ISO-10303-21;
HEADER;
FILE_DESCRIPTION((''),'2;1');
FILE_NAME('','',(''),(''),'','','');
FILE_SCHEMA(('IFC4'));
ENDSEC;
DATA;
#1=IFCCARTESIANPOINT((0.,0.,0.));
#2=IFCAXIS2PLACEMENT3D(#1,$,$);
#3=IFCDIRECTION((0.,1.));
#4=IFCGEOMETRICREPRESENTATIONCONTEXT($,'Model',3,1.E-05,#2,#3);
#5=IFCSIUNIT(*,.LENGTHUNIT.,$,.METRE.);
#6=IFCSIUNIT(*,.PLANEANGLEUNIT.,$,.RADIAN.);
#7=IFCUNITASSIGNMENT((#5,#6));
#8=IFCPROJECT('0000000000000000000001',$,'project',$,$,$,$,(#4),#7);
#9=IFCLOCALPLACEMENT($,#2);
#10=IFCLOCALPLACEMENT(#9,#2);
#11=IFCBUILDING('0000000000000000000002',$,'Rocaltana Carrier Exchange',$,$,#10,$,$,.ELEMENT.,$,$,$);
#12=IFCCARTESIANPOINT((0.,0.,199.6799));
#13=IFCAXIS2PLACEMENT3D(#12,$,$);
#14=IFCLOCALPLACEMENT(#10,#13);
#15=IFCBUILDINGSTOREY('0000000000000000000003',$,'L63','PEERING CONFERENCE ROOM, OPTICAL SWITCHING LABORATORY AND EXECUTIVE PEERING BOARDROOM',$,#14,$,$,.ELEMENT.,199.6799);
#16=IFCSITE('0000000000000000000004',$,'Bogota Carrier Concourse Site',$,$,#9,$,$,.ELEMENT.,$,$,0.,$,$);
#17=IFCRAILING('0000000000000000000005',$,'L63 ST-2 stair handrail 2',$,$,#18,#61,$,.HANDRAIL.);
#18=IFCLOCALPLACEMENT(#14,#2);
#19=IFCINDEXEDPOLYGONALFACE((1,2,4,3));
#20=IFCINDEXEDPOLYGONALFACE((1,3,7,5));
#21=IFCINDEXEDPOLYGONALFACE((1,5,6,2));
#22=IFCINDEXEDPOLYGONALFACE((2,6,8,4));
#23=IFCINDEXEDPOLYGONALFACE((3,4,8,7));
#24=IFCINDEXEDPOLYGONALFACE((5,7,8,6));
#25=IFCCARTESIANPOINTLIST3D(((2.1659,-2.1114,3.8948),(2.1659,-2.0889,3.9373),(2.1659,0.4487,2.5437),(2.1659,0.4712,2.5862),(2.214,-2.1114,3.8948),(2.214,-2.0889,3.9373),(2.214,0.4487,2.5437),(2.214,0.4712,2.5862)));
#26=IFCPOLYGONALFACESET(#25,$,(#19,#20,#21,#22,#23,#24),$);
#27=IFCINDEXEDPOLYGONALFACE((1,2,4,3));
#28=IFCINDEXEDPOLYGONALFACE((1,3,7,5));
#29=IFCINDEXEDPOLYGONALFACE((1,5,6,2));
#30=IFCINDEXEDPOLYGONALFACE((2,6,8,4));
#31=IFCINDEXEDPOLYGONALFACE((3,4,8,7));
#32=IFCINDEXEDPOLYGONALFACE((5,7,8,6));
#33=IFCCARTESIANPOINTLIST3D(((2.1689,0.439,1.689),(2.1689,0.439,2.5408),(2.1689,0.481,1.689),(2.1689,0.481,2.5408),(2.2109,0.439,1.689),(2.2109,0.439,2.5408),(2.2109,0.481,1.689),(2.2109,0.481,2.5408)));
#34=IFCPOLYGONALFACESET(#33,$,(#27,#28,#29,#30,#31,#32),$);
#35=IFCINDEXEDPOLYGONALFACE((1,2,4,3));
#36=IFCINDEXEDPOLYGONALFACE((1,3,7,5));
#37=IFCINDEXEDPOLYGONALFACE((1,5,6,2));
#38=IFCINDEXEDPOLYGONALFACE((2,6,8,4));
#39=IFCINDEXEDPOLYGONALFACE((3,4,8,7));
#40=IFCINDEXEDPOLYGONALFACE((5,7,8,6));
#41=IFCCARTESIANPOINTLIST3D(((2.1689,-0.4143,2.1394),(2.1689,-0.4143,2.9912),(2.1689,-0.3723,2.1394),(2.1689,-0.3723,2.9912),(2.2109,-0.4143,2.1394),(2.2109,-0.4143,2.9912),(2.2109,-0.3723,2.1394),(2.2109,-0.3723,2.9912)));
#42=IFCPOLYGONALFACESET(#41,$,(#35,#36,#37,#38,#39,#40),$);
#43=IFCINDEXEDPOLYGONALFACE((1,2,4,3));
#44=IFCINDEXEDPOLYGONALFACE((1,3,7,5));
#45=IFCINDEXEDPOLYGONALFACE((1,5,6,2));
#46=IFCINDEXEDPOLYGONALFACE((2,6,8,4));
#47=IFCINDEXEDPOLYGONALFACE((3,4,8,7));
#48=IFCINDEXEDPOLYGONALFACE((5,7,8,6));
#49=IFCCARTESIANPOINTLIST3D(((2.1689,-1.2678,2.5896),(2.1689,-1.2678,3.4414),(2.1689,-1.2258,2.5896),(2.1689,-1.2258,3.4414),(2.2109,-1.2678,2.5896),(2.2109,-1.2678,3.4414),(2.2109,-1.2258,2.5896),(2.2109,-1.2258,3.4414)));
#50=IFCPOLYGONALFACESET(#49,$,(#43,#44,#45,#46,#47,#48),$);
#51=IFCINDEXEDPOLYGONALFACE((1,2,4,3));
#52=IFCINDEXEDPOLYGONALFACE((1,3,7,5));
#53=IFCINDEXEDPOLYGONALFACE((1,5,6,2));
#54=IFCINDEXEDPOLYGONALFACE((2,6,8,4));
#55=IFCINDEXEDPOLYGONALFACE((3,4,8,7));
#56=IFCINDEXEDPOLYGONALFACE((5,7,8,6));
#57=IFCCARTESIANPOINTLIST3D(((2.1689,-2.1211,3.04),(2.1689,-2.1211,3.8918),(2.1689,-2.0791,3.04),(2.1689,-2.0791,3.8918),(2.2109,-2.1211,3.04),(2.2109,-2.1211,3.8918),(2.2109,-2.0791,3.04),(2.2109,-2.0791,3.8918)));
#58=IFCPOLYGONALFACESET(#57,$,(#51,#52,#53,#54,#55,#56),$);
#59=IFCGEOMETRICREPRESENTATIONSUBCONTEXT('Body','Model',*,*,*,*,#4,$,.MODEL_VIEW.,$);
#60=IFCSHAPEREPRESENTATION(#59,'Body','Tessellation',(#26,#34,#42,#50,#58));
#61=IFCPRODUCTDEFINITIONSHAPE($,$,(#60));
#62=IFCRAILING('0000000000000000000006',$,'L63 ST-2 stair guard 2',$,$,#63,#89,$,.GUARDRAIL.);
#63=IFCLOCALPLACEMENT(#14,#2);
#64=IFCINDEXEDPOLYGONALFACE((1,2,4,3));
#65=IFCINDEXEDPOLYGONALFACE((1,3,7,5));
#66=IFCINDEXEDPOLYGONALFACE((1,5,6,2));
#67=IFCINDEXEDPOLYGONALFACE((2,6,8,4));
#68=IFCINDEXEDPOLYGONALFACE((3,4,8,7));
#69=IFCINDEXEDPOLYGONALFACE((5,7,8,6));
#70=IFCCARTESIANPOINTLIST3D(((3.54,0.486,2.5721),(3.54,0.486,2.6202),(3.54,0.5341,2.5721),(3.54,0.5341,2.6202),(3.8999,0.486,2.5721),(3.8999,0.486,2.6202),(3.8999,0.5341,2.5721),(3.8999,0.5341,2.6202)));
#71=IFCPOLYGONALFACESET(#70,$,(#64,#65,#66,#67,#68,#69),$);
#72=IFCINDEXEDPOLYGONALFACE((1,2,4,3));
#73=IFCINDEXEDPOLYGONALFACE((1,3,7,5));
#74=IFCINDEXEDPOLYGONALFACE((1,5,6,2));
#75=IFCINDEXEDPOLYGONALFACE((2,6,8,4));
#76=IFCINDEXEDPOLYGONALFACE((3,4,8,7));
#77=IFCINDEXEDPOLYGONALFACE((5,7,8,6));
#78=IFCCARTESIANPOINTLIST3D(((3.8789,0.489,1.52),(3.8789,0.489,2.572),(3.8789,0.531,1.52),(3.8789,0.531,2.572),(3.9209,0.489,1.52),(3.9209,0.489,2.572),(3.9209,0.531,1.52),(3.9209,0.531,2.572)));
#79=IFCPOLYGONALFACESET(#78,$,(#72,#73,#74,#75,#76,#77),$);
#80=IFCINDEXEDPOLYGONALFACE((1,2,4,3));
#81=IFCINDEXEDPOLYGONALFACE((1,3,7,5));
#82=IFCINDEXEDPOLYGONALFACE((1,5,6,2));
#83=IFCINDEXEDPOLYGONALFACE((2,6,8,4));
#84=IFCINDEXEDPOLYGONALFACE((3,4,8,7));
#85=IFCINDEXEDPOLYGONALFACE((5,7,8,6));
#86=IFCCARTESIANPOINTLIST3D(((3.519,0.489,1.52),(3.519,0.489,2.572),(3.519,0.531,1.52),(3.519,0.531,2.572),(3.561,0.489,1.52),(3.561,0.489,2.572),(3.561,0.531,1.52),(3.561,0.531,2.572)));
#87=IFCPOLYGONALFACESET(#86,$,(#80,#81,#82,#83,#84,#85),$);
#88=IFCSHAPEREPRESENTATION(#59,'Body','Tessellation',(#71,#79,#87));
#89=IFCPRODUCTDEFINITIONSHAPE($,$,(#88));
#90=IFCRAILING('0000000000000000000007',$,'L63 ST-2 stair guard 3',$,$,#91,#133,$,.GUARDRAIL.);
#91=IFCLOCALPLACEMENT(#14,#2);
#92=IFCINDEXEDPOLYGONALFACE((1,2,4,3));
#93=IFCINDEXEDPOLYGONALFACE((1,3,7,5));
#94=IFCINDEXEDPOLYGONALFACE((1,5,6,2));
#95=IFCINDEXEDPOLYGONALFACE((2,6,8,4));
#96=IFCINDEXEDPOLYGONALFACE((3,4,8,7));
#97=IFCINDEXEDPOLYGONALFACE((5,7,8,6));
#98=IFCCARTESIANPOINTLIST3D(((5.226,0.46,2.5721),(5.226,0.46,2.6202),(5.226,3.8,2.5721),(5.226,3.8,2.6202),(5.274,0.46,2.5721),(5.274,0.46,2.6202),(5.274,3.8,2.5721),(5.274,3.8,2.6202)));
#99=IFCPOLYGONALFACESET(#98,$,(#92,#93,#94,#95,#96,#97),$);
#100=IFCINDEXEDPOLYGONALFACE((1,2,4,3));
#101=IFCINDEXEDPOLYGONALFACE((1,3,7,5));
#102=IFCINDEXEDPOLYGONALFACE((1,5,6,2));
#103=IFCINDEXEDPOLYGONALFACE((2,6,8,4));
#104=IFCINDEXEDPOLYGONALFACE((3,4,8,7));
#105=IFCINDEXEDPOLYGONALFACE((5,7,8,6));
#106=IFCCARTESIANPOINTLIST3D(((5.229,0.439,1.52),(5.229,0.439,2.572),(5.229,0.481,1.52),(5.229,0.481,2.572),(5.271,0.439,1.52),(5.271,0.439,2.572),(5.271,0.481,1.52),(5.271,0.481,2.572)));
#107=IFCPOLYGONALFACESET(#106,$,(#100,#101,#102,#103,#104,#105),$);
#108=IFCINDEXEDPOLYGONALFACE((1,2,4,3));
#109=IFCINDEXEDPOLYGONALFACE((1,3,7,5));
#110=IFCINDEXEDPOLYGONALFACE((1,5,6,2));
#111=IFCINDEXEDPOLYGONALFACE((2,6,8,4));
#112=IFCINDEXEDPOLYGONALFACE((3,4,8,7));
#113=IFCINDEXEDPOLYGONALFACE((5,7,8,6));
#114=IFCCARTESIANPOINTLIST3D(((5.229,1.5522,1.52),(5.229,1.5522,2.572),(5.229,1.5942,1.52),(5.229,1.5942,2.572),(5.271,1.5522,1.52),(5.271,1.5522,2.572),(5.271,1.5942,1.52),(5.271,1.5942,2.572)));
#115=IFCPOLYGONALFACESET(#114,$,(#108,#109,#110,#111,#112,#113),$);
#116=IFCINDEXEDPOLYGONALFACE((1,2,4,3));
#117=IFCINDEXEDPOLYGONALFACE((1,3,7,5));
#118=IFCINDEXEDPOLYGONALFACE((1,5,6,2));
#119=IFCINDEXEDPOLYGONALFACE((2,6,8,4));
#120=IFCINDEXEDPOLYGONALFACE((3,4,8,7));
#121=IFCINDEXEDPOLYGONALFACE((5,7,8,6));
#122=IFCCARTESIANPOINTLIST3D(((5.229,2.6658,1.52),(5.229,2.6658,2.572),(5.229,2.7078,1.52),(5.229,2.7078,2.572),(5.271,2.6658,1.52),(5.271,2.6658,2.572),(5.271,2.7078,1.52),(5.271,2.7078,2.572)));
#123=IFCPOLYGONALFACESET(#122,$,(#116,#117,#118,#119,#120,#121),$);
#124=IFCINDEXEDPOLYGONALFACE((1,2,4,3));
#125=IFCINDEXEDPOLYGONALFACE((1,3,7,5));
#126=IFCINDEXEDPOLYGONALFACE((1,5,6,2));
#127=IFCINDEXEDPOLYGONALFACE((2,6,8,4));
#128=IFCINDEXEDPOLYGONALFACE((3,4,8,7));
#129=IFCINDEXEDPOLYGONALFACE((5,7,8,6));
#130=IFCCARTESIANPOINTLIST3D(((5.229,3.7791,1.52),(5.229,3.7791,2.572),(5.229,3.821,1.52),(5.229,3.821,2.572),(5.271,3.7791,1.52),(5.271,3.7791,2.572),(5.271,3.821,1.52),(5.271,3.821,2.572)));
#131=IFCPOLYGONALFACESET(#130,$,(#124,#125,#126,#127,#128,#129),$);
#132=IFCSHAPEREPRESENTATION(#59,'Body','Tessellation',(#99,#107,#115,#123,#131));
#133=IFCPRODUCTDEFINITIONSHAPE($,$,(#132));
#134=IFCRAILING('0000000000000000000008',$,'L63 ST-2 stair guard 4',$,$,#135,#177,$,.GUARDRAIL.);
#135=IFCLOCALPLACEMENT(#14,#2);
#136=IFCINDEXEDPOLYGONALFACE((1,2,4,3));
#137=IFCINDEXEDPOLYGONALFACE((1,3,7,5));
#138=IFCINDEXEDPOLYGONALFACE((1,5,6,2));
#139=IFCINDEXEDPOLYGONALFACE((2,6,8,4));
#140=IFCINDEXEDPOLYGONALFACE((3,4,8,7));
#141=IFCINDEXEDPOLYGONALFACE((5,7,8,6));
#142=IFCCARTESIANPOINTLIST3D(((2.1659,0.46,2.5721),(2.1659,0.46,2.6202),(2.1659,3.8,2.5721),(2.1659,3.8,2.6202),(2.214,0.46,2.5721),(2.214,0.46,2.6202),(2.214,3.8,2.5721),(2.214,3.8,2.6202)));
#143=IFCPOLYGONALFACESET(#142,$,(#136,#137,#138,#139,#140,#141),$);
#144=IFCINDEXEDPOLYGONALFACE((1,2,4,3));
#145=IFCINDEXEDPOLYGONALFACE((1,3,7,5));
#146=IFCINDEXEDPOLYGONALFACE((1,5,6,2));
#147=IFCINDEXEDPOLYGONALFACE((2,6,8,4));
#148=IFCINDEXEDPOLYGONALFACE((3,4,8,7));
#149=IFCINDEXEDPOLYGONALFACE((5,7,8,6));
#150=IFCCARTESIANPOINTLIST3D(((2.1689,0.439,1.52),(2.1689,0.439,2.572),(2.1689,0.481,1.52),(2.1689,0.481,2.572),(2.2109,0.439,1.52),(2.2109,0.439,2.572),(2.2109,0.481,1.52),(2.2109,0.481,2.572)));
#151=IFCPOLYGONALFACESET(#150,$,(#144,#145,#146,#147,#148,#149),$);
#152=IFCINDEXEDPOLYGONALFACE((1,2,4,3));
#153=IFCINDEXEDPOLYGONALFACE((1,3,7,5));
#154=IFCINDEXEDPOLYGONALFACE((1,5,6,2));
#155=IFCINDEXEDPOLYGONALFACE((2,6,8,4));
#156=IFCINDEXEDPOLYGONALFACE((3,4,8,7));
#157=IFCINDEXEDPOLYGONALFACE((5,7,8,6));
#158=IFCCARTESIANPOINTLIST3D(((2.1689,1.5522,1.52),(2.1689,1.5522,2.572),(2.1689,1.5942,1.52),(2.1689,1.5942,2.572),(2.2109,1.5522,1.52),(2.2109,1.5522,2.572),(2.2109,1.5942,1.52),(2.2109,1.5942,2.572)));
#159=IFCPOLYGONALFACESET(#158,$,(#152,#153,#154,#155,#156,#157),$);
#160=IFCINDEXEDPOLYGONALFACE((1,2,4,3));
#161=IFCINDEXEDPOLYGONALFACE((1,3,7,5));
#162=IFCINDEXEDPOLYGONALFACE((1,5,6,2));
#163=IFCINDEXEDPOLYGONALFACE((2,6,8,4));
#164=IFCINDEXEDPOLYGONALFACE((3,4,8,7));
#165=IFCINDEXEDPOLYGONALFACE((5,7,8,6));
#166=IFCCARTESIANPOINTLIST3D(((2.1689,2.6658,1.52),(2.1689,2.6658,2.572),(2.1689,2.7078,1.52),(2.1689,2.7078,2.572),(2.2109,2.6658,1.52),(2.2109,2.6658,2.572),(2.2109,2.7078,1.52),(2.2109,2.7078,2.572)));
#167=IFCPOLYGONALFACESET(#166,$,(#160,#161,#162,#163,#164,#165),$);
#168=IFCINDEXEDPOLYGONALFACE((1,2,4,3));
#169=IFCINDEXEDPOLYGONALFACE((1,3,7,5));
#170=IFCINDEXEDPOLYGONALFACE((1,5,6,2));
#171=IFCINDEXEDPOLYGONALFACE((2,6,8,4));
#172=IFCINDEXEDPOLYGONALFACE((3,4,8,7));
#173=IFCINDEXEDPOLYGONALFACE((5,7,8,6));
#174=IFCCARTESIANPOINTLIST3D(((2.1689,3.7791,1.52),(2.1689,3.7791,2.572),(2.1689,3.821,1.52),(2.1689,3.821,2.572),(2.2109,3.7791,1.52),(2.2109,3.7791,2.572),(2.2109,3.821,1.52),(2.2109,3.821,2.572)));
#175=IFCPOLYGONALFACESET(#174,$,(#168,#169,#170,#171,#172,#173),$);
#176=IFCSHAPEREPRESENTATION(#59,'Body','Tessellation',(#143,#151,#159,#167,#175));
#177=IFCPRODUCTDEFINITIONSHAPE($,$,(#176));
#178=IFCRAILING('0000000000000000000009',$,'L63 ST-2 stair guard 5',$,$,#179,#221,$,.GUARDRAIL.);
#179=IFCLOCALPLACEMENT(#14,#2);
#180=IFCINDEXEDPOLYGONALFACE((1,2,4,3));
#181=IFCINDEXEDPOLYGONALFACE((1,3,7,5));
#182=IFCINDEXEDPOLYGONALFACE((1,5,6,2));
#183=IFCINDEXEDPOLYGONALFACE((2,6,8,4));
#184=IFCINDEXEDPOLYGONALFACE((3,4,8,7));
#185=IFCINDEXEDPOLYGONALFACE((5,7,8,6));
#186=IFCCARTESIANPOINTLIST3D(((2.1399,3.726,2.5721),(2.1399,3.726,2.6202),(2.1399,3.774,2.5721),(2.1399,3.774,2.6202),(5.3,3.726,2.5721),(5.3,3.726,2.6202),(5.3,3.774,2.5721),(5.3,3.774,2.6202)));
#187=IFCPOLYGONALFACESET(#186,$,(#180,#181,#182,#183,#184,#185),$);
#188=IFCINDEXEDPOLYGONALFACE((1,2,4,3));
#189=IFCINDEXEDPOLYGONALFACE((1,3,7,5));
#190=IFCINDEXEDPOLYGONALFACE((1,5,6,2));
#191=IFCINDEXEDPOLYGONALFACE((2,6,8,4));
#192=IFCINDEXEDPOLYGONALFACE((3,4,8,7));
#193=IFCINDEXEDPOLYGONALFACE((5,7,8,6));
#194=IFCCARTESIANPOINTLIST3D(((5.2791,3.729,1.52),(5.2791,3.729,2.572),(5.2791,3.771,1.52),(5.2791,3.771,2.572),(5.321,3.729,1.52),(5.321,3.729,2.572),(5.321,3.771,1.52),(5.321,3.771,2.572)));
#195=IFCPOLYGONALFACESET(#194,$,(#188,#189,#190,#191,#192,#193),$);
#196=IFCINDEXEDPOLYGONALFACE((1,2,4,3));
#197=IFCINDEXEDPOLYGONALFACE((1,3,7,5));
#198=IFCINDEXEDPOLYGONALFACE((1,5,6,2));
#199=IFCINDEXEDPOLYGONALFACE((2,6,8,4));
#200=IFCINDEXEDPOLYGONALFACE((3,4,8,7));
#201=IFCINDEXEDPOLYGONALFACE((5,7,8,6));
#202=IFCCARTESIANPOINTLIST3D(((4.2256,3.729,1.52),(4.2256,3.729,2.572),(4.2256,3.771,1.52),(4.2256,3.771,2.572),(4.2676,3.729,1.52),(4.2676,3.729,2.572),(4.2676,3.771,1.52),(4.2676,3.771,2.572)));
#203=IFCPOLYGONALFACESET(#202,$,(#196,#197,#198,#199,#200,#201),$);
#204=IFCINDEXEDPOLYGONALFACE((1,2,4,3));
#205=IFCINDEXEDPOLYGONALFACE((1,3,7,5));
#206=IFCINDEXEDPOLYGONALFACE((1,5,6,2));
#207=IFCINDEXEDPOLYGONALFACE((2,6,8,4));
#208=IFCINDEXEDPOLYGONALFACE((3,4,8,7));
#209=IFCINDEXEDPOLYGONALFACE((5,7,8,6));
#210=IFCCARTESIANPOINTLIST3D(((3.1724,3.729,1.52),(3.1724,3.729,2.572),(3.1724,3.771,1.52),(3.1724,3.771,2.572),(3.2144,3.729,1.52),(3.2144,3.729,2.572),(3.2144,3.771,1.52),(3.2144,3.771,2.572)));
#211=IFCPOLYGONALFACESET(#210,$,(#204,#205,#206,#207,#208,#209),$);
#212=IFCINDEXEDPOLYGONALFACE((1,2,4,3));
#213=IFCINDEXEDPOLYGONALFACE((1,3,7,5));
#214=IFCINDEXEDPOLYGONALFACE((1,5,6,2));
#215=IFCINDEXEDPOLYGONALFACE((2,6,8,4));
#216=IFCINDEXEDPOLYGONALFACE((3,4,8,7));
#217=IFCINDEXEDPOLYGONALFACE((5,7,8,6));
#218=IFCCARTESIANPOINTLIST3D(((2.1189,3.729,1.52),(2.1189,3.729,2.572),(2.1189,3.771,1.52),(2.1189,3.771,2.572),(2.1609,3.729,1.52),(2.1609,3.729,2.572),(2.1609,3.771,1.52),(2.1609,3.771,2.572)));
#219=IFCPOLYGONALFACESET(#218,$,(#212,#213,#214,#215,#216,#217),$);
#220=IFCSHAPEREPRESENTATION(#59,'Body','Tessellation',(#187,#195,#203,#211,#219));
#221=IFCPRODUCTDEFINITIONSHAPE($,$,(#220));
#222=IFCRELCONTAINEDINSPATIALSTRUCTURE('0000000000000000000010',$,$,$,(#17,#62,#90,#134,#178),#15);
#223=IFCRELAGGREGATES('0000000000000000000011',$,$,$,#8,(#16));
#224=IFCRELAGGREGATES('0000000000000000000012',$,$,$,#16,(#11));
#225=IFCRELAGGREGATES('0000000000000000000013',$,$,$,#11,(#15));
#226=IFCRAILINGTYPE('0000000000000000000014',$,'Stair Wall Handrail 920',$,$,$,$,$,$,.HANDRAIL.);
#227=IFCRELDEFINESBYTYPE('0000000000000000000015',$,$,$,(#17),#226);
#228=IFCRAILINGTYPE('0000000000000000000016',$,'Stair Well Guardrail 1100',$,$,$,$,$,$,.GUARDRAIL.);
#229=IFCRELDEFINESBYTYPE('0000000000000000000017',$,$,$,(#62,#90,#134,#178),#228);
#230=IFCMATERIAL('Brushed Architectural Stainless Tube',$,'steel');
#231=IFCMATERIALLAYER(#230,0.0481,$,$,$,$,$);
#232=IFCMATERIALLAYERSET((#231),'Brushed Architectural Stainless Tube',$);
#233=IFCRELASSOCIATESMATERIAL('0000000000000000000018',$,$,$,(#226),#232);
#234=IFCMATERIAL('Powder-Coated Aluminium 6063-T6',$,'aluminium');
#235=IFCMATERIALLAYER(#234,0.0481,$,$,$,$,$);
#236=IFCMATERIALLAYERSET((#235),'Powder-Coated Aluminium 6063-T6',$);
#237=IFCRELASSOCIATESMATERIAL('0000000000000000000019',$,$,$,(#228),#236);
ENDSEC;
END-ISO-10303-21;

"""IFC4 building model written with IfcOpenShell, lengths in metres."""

from ifc_helpers import new_model, si_unit, direction, frame, origin, origin_2d, place, context, subcontext, project, spatial, rectangle, extrude, material, layer, layer_set, type_object, element, save


model = new_model("IFC4")

# Units and contexts
model_context = context("Model", 3, precision=1e-05, world=origin(), true_north=direction((0.0, 1.0)))
body_context = subcontext(model_context, "Body", "Model", "MODEL_VIEW")
ifc_project = project(units=[si_unit("LENGTHUNIT", "METRE"), si_unit("PLANEANGLEUNIT", "RADIAN")], contexts=[model_context])

# Site, building, storey
site_placement = place(None, origin())
site = spatial("IfcSite", under=ifc_project, at=site_placement, Name="Bogota Carrier Concourse Site", CompositionType="ELEMENT", RefElevation=0.0)
building_placement = place(site_placement, origin())
building = spatial("IfcBuilding", under=site, at=building_placement, Name="Rocaltana Carrier Exchange", CompositionType="ELEMENT")
storey_placement = place(building_placement, frame((0.0, 0.0, 199.6799)))
storey = spatial("IfcBuildingStorey", under=building, at=storey_placement, Name="L63", Description="PEERING CONFERENCE ROOM, OPTICAL SWITCHING LABORATORY AND EXECUTIVE PEERING BOARDROOM", CompositionType="ELEMENT", Elevation=199.6799)

# Railings
ifc_material_1 = material(Name="Brushed Architectural Stainless Tube", Category="steel")
ifc_layer_1 = layer(ifc_material_1, 0.0481)
ifc_layer_set_1 = layer_set([ifc_layer_1], Name="Brushed Architectural Stainless Tube")
railing_type_1 = type_object("IfcRailingType", Name="Stair Wall Handrail 920", PredefinedType="HANDRAIL", material=ifc_layer_set_1)
railing_1_placement = place(storey_placement, frame((2.1899, 0.46, 1.689)))
element("IfcRailing", 1, at=railing_1_placement, inside=storey, type_object=railing_type_1, Name="L63 ST-2 stair handrail 2", PredefinedType="HANDRAIL", context=body_context, shape_type="SweptSolid", body=[
    extrude(rectangle(XDim=0.0481, YDim=0.0481, at=origin_2d()), frame((0.0, 0.0, 0.876), z_axis=(0.0, -0.884394, 0.46674), x_axis=(1.0, 0.0, 0.0)), (0.0, 0.0, 1.0), 2.8948),
    extrude(rectangle(XDim=0.042, YDim=0.042, at=origin_2d()), origin(), (0.0, 0.0, 1.0), 0.8518),
    extrude(rectangle(XDim=0.042, YDim=0.042, at=origin_2d()), frame((0.0, -0.8533, 0.4504)), (0.0, 0.0, 1.0), 0.8518),
    extrude(rectangle(XDim=0.042, YDim=0.042, at=origin_2d()), frame((0.0, -1.7068, 0.9006)), (0.0, 0.0, 1.0), 0.8518),
    extrude(rectangle(XDim=0.042, YDim=0.042, at=origin_2d()), frame((0.0, -2.5601, 1.3511)), (0.0, 0.0, 1.0), 0.8518),
])
ifc_material_2 = material(Name="Powder-Coated Aluminium 6063-T6", Category="aluminium")
ifc_layer_2 = layer(ifc_material_2, 0.0481)
ifc_layer_set_2 = layer_set([ifc_layer_2], Name="Powder-Coated Aluminium 6063-T6")
railing_type_2 = type_object("IfcRailingType", Name="Stair Well Guardrail 1100", PredefinedType="GUARDRAIL", material=ifc_layer_set_2)
railing_2_placement = place(storey_placement, frame((3.8999, 0.51, 1.52)))
element("IfcRailing", 2, at=railing_2_placement, inside=storey, type_object=railing_type_2, Name="L63 ST-2 stair guard 2", PredefinedType="GUARDRAIL", context=body_context, shape_type="SweptSolid", body=[
    extrude(rectangle(XDim=0.0481, YDim=0.0481, at=origin_2d()), frame((0.0, 0.0, 1.0762), z_axis=(-1.0, 0.0, 0.0), x_axis=(0.0, -1.0, 0.0)), (0.0, 0.0, 1.0), 0.3599),
    extrude(rectangle(XDim=0.042, YDim=0.042, at=origin_2d()), origin(), (0.0, 0.0, 1.0), 1.052),
    extrude(rectangle(XDim=0.042, YDim=0.042, at=origin_2d()), frame((-0.3599, 0.0, 0.0)), (0.0, 0.0, 1.0), 1.052),
])
for number, where, name in (
    (3, (5.25, 0.46, 1.52), "L63 ST-2 stair guard 3"),
    (4, (2.1899, 0.46, 1.52), "L63 ST-2 stair guard 4"),
):
    element("IfcRailing", number, at=place(storey_placement, frame(where)), inside=storey, type_object=railing_type_2, Name=name, PredefinedType="GUARDRAIL", context=body_context, shape_type="SweptSolid", body=[
        extrude(rectangle(XDim=0.0481, YDim=0.0481, at=origin_2d()), frame((0.0, 0.0, 1.0762), z_axis=(0.0, 1.0, 0.0), x_axis=(-1.0, 0.0, 0.0)), (0.0, 0.0, 1.0), 3.3401),
        extrude(rectangle(XDim=0.042, YDim=0.042, at=origin_2d()), origin(), (0.0, 0.0, 1.0), 1.052),
        extrude(rectangle(XDim=0.042, YDim=0.042, at=origin_2d()), frame((0.0, 1.1133, 0.0)), (0.0, 0.0, 1.0), 1.052),
        extrude(rectangle(XDim=0.042, YDim=0.042, at=origin_2d()), frame((0.0, 2.2268, 0.0)), (0.0, 0.0, 1.0), 1.052),
        extrude(rectangle(XDim=0.042, YDim=0.042, at=origin_2d()), frame((0.0, 3.3401, 0.0)), (0.0, 0.0, 1.0), 1.052),
    ])
railing_3_placement = place(storey_placement, frame((5.3, 3.75, 1.52)))
element("IfcRailing", 5, at=railing_3_placement, inside=storey, type_object=railing_type_2, Name="L63 ST-2 stair guard 5", PredefinedType="GUARDRAIL", context=body_context, shape_type="SweptSolid", body=[
    extrude(rectangle(XDim=0.0481, YDim=0.0481, at=origin_2d()), frame((0.0, 0.0, 1.0762), z_axis=(-1.0, 0.0, 0.0), x_axis=(0.0, -1.0, 0.0)), (0.0, 0.0, 1.0), 3.1602),
    extrude(rectangle(XDim=0.042, YDim=0.042, at=origin_2d()), origin(), (0.0, 0.0, 1.0), 1.052),
    extrude(rectangle(XDim=0.042, YDim=0.042, at=origin_2d()), frame((-1.0535, 0.0, 0.0)), (0.0, 0.0, 1.0), 1.052),
    extrude(rectangle(XDim=0.042, YDim=0.042, at=origin_2d()), frame((-2.1067, 0.0, 0.0)), (0.0, 0.0, 1.0), 1.052),
    extrude(rectangle(XDim=0.042, YDim=0.042, at=origin_2d()), frame((-3.1602, 0.0, 0.0)), (0.0, 0.0, 1.0), 1.052),
])

save(model, "model.ifc")
